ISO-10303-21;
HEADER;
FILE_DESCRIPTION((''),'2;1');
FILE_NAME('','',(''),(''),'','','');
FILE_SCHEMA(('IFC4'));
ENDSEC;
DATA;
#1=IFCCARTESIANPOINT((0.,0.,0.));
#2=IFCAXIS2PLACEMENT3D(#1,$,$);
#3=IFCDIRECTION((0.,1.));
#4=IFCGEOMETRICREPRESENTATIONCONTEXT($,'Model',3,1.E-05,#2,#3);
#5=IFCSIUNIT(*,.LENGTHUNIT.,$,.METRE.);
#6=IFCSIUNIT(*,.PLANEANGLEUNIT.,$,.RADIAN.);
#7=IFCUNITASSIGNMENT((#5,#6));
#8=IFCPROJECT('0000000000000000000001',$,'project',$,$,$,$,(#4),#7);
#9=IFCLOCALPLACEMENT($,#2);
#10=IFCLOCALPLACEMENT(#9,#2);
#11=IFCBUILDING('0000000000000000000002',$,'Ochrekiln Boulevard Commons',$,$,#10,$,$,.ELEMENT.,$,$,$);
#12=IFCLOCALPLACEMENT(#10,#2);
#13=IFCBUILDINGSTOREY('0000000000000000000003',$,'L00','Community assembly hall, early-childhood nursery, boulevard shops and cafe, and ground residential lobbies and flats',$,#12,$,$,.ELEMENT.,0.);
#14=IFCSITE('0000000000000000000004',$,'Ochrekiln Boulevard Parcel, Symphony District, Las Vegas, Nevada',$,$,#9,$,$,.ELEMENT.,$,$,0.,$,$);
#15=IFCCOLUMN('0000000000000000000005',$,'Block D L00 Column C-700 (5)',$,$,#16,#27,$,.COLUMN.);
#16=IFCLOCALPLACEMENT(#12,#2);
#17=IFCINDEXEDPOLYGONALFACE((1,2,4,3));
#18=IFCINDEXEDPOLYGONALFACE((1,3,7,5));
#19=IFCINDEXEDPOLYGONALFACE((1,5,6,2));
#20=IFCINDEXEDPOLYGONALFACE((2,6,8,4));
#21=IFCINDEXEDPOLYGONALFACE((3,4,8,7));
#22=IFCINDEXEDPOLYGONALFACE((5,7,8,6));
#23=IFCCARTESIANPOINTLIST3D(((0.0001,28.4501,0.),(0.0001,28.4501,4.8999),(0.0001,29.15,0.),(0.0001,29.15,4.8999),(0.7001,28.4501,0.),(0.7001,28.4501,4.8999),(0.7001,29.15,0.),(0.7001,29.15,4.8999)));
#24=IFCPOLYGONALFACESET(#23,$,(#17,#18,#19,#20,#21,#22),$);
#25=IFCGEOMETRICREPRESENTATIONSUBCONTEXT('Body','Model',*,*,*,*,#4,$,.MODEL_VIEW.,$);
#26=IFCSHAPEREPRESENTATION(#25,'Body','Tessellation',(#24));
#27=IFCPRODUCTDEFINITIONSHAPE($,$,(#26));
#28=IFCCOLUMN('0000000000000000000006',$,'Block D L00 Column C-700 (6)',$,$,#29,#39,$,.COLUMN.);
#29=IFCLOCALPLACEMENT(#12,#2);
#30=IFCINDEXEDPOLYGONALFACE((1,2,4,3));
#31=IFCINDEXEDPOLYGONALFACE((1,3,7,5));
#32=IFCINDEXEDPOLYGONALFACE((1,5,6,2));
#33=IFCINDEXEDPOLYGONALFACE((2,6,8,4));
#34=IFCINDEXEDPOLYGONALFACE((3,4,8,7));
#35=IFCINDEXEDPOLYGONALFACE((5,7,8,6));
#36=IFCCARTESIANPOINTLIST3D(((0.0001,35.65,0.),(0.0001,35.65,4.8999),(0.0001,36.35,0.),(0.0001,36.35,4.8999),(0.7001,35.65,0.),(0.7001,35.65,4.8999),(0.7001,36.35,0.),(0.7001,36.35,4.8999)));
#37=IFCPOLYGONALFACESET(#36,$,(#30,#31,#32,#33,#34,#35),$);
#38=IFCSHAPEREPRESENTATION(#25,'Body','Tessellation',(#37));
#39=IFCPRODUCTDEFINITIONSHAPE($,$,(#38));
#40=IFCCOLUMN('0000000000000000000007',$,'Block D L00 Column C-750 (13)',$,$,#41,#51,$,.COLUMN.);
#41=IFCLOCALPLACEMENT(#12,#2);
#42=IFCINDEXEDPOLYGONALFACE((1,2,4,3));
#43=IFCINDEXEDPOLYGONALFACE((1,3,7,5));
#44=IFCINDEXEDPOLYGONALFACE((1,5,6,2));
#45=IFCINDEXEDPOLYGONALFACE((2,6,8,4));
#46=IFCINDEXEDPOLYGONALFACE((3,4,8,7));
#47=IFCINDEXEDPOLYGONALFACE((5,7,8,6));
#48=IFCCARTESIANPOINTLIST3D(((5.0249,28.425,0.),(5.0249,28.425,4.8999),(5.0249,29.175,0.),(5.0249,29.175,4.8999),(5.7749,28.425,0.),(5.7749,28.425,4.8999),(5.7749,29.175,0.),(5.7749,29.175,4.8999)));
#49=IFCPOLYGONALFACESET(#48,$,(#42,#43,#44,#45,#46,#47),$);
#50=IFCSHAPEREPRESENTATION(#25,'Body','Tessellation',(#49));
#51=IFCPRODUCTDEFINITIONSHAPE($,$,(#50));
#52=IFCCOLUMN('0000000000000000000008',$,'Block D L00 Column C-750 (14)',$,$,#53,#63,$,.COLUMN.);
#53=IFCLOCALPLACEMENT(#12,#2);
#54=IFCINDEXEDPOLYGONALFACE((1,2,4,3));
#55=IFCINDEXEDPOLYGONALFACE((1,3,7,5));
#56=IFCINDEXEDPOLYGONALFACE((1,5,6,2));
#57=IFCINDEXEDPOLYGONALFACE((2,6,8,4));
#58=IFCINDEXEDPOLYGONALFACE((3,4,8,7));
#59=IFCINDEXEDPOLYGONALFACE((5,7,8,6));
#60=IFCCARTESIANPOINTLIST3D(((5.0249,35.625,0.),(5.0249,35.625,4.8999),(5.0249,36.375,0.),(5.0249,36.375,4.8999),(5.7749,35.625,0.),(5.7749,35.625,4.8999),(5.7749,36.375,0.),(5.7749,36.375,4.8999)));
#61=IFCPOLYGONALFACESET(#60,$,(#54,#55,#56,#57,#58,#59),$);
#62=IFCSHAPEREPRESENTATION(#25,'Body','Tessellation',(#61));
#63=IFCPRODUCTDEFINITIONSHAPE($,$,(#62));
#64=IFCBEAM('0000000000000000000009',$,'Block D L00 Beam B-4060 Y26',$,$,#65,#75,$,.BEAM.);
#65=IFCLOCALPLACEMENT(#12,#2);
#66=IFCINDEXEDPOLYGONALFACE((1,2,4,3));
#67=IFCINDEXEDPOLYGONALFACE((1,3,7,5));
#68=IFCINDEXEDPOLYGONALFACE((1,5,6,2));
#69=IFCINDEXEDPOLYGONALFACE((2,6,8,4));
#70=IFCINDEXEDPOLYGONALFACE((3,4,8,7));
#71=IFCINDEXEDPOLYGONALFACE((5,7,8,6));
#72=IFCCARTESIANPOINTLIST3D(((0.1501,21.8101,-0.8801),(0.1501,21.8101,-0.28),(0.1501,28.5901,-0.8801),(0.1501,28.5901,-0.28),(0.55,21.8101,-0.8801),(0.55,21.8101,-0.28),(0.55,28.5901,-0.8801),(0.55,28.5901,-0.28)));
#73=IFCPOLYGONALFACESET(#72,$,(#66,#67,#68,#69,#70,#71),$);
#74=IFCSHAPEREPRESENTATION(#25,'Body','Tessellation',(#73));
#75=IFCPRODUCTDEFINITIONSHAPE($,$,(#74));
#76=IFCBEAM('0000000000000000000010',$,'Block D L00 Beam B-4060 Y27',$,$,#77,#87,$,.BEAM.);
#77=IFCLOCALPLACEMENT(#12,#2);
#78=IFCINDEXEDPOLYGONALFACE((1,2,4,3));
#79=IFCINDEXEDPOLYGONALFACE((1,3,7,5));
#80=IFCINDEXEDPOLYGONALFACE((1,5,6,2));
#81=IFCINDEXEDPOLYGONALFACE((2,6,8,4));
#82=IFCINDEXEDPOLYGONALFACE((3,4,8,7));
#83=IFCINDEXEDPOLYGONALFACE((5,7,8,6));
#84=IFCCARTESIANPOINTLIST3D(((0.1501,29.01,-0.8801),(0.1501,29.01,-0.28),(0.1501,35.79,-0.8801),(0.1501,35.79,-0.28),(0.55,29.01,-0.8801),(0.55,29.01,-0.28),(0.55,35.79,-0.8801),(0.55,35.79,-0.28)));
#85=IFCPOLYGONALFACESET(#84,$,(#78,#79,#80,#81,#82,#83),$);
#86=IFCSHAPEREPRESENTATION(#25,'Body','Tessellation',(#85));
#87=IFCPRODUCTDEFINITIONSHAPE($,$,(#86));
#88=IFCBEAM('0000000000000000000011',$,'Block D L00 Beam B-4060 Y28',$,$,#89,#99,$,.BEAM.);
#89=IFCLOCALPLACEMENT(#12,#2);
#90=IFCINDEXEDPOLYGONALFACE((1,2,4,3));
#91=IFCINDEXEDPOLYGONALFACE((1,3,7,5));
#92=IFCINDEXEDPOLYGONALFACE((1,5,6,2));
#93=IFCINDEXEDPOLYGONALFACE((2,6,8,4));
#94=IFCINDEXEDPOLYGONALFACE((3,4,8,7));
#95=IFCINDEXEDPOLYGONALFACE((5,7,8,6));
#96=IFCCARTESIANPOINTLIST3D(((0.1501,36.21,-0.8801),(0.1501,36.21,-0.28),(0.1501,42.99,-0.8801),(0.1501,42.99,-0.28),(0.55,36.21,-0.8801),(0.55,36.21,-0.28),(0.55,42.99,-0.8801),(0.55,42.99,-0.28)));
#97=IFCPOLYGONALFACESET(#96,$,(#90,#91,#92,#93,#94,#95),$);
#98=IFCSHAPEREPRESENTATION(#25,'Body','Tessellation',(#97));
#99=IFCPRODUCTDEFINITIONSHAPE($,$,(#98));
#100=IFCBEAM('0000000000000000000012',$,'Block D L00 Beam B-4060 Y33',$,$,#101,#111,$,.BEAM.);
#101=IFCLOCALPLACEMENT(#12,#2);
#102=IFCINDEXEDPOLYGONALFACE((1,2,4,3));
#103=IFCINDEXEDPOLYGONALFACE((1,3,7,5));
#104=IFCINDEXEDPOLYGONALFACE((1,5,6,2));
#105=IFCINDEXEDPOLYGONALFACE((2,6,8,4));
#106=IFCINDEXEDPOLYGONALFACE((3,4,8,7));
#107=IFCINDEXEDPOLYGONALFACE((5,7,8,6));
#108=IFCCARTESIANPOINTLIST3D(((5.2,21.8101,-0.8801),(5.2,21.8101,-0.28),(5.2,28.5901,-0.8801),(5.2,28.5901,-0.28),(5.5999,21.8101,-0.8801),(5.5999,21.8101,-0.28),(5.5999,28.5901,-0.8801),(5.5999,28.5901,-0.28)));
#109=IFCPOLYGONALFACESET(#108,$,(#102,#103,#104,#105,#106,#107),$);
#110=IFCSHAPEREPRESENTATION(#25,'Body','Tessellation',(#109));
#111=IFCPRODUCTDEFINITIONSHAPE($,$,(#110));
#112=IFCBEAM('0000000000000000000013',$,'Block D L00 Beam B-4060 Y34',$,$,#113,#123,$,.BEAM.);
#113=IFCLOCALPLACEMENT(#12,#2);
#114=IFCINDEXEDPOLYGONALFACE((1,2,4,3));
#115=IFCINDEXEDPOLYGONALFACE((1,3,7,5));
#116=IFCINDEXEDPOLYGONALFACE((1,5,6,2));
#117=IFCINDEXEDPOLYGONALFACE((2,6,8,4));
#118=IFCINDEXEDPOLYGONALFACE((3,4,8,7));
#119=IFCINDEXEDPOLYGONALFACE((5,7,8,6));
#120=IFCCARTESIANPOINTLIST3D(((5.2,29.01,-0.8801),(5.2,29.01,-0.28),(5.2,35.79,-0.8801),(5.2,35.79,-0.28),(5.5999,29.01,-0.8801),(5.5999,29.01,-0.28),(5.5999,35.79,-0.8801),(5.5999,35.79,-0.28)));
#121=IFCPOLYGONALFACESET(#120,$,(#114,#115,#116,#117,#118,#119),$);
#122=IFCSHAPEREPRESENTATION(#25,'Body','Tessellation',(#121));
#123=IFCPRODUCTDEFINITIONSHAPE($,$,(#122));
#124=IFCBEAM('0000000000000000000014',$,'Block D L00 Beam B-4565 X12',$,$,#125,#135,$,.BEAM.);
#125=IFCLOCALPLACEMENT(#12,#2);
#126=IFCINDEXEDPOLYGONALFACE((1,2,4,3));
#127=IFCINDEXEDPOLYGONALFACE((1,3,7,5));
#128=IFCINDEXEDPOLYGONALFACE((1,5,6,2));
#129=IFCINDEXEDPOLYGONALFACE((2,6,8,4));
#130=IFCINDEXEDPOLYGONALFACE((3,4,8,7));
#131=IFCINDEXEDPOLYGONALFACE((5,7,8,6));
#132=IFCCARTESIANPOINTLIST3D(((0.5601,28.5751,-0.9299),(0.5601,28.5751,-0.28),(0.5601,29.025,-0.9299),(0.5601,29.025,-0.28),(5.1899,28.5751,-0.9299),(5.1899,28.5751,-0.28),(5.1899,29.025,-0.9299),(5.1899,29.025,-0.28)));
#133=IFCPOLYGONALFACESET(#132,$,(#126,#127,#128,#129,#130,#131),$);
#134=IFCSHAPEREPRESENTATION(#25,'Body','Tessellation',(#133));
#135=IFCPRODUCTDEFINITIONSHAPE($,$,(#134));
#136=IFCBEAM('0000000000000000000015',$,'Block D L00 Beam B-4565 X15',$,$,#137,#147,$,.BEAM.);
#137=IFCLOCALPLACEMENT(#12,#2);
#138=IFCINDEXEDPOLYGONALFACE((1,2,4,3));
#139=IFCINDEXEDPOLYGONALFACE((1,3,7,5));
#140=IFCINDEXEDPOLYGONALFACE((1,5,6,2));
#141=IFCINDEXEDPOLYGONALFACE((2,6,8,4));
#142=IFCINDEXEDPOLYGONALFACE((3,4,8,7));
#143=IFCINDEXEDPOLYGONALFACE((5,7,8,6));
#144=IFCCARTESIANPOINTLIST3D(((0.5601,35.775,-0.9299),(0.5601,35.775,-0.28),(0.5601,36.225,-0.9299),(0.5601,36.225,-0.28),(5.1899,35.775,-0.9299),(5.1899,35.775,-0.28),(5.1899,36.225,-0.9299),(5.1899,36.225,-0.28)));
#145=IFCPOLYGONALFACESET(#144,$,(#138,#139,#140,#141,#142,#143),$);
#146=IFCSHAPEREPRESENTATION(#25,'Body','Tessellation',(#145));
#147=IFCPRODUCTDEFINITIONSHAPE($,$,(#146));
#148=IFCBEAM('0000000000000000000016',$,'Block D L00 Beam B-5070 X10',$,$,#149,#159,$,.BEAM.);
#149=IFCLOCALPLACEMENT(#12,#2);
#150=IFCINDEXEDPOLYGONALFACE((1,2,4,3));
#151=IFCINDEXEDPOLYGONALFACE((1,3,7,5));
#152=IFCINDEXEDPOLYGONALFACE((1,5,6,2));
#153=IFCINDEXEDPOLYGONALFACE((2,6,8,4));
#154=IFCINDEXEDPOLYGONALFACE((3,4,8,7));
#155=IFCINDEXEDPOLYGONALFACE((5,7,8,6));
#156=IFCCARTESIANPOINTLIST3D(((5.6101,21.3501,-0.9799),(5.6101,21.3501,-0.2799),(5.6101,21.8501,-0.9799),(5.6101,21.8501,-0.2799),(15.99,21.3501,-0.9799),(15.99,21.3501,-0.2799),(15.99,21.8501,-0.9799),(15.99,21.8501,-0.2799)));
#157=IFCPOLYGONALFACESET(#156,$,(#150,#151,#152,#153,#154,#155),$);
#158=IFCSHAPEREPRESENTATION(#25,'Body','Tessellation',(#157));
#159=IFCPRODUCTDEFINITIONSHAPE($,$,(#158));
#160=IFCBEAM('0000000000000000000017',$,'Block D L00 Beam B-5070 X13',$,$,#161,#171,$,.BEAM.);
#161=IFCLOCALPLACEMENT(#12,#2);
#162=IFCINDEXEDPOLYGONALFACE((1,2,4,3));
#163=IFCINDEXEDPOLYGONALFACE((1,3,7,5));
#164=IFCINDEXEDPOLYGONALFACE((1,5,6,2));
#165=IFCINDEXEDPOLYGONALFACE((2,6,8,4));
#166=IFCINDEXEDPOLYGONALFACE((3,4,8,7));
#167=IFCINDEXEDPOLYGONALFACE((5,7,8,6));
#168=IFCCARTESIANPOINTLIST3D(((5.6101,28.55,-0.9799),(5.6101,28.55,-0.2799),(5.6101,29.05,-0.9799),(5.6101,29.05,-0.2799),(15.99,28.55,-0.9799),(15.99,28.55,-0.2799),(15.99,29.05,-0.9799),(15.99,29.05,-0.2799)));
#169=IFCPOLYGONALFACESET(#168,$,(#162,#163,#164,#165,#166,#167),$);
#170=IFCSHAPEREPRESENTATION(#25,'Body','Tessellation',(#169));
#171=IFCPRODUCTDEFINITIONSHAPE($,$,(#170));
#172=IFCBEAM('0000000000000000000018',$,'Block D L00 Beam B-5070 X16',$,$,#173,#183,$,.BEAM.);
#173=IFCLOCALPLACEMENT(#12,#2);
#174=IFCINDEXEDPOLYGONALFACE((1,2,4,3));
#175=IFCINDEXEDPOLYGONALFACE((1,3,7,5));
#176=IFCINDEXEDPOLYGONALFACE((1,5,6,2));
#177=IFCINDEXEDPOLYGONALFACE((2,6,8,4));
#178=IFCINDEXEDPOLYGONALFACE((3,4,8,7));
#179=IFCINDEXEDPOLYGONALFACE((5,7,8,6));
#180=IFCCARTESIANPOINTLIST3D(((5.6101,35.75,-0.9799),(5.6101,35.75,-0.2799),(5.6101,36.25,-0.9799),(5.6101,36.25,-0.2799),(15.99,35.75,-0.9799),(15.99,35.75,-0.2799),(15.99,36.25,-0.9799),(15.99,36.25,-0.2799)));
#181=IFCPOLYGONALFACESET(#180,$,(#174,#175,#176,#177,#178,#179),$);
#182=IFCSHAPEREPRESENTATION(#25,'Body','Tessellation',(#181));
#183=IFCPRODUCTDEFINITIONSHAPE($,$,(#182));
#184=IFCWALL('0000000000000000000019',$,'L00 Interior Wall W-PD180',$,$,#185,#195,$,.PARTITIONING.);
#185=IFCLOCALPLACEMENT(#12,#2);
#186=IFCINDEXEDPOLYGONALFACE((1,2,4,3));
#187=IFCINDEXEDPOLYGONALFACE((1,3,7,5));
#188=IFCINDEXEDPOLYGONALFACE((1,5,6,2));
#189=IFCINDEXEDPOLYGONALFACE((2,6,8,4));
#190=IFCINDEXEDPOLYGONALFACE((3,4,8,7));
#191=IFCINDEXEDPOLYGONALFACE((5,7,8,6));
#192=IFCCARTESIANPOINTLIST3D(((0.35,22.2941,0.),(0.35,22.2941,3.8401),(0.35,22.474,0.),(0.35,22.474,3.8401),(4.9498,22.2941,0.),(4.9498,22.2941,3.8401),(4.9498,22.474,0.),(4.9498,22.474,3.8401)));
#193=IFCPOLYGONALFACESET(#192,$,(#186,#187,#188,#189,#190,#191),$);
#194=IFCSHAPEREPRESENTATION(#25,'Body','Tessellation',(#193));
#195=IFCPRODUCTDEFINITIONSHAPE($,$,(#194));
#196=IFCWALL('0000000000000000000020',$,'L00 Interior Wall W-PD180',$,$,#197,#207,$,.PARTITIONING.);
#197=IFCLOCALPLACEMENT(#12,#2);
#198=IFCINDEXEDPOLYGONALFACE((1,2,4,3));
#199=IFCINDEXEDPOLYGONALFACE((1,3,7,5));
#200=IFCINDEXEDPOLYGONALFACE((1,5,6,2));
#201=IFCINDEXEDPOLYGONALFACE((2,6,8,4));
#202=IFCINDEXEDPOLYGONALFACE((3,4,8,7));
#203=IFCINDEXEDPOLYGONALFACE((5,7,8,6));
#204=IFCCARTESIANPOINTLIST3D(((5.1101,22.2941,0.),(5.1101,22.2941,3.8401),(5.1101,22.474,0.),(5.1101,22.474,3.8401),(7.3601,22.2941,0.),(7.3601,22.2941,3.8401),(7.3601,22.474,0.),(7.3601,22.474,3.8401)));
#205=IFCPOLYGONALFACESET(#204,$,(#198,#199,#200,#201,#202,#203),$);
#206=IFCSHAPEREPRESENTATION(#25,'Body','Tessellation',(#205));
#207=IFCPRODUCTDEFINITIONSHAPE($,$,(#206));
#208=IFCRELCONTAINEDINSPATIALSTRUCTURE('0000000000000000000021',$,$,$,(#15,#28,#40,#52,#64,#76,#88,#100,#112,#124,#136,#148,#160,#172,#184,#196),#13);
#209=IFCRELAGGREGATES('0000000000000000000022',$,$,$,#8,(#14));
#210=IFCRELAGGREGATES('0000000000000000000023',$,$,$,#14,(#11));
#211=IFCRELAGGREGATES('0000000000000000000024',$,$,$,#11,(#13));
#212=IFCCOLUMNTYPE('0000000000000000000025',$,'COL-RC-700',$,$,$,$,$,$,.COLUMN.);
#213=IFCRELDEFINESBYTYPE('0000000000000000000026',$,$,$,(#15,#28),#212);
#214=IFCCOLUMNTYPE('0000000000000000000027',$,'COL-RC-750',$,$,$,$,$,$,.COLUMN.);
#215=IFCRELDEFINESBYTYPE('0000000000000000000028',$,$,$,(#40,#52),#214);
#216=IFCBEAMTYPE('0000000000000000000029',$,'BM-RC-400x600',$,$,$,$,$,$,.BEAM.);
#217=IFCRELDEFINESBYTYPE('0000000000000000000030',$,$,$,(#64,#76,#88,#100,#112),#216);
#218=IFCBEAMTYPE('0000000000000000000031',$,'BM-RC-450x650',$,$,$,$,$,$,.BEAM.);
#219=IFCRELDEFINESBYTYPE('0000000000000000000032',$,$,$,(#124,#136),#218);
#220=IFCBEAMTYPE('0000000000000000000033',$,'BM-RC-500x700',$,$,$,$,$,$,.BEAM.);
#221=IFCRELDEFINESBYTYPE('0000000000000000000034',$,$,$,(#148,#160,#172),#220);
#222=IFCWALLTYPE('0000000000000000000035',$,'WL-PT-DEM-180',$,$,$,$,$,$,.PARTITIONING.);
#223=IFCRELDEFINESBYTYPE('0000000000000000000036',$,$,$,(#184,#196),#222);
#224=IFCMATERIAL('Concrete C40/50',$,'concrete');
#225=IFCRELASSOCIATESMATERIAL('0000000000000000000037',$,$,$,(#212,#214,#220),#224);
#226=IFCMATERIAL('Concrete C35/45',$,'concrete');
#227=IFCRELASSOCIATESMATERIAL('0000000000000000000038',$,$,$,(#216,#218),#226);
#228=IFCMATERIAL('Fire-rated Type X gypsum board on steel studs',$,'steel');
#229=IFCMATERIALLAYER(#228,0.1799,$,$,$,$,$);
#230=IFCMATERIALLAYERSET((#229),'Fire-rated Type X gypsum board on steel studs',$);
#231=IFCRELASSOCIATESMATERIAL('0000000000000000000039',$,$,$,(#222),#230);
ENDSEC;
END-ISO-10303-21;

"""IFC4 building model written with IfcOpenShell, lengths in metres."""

from ifc_helpers import new_model, si_unit, direction, frame, frame_2d, origin, origin_2d, place, context, subcontext, project, spatial, rectangle, extrude, material, layer, layer_set, material_profile, profile_set, type_object, element, save


model = new_model("IFC4")

# Units and contexts
model_context = context("Model", 3, precision=1e-05, world=origin(), true_north=direction((0.0, 1.0)))
body_context = subcontext(model_context, "Body", "Model", "MODEL_VIEW")
ifc_project = project(units=[si_unit("LENGTHUNIT", "METRE"), si_unit("PLANEANGLEUNIT", "RADIAN")], contexts=[model_context])

# Site, building, storey
site_placement = place(None, origin())
site = spatial("IfcSite", under=ifc_project, at=site_placement, Name="Ochrekiln Boulevard Parcel, Symphony District, Las Vegas, Nevada", CompositionType="ELEMENT", RefElevation=0.0)
building_placement = place(site_placement, origin())
building = spatial("IfcBuilding", under=site, at=building_placement, Name="Ochrekiln Boulevard Commons", CompositionType="ELEMENT")
storey_placement = place(building_placement, origin())
storey = spatial("IfcBuildingStorey", under=building, at=storey_placement, Name="L00", Description="Community assembly hall, early-childhood nursery, boulevard shops and cafe, and ground residential lobbies and flats", CompositionType="ELEMENT", Elevation=0.0)

# Columns
ifc_material_1 = material(Name="Concrete C40/50", Category="concrete")
ifc_material_profile_1 = material_profile(ifc_material_1, rectangle(XDim=0.7, YDim=0.7, at=origin_2d()), Name="RC-COL-700x700")
ifc_profile_set_1 = profile_set([ifc_material_profile_1], Name="Concrete C40/50")
column_type_1 = type_object("IfcColumnType", Name="COL-RC-700", PredefinedType="COLUMN", material=ifc_profile_set_1)
for number, where, z_axis, x_axis, name in (
    (1, (0.3501, 28.8, 0.0), (0.0, 0.0, 1.0), (1.0, 0.0, 0.0), "Block D L00 Column C-700 (5)"),
    (2, (0.3501, 36.0, 0.0), (0.0, 0.0, 1.0), (1.0, 0.0, 0.0), "Block D L00 Column C-700 (6)"),
):
    element("IfcColumn", number, at=place(storey_placement, frame(where, z_axis=z_axis, x_axis=x_axis)), inside=storey, type_object=column_type_1, Name=name, PredefinedType="COLUMN", context=body_context, shape_type="SweptSolid", body=[
        extrude(rectangle(XDim=0.7, YDim=0.7, at=origin_2d()), origin(), (0.0, 0.0, 1.0), 4.8999),
    ])
ifc_material_profile_2 = material_profile(ifc_material_1, rectangle(XDim=0.75, YDim=0.75, at=origin_2d()), Name="RC-COL-750x750")
ifc_profile_set_2 = profile_set([ifc_material_profile_2], Name="Concrete C40/50")
column_type_2 = type_object("IfcColumnType", Name="COL-RC-750", PredefinedType="COLUMN", material=ifc_profile_set_2)
for number, where, z_axis, x_axis, name in (
    (3, (5.3999, 28.8, 0.0), (0.0, 0.0, 1.0), (1.0, 0.0, 0.0), "Block D L00 Column C-750 (13)"),
    (4, (5.3999, 36.0, 0.0), (0.0, 0.0, 1.0), (1.0, 0.0, 0.0), "Block D L00 Column C-750 (14)"),
):
    element("IfcColumn", number, at=place(storey_placement, frame(where, z_axis=z_axis, x_axis=x_axis)), inside=storey, type_object=column_type_2, Name=name, PredefinedType="COLUMN", context=body_context, shape_type="SweptSolid", body=[
        extrude(rectangle(XDim=0.75, YDim=0.75, at=origin_2d()), origin(), (0.0, 0.0, 1.0), 4.8999),
    ])

# Beams
ifc_material_2 = material(Name="Concrete C35/45", Category="concrete")
ifc_material_profile_3 = material_profile(ifc_material_2, rectangle(XDim=0.3999, YDim=0.6001, at=origin_2d()), Name="RC-BM-400x600")
ifc_profile_set_3 = profile_set([ifc_material_profile_3], Name="Concrete C35/45")
beam_type_1 = type_object("IfcBeamType", Name="BM-RC-400x600", PredefinedType="BEAM", material=ifc_profile_set_3)
for number, where, z_axis, x_axis, name in (
    (5, (0.3501, 21.8101, -0.5801), (0.0, 1.0, 0.0), (-1.0, 0.0, 0.0), "Block D L00 Beam B-4060 Y26"),
    (6, (0.3501, 29.01, -0.5801), (0.0, 1.0, 0.0), (-1.0, 0.0, 0.0), "Block D L00 Beam B-4060 Y27"),
    (7, (0.3501, 36.21, -0.5801), (0.0, 1.0, 0.0), (-1.0, 0.0, 0.0), "Block D L00 Beam B-4060 Y28"),
    (8, (5.3999, 21.8101, -0.5801), (0.0, 1.0, 0.0), (-1.0, 0.0, 0.0), "Block D L00 Beam B-4060 Y33"),
    (9, (5.3999, 29.01, -0.5801), (0.0, 1.0, 0.0), (-1.0, 0.0, 0.0), "Block D L00 Beam B-4060 Y34"),
):
    element("IfcBeam", number, at=place(storey_placement, frame(where, z_axis=z_axis, x_axis=x_axis)), inside=storey, type_object=beam_type_1, Name=name, PredefinedType="BEAM", context=body_context, shape_type="SweptSolid", body=[
        extrude(rectangle(XDim=0.3999, YDim=0.6001, at=origin_2d()), origin(), (0.0, 0.0, 1.0), 6.78),
    ])
ifc_material_profile_4 = material_profile(ifc_material_2, rectangle(XDim=0.45, YDim=0.6499, at=origin_2d()), Name="RC-BM-450x650")
ifc_profile_set_4 = profile_set([ifc_material_profile_4], Name="Concrete C35/45")
beam_type_2 = type_object("IfcBeamType", Name="BM-RC-450x650", PredefinedType="BEAM", material=ifc_profile_set_4)
for number, where, z_axis, x_axis, name in (
    (10, (0.5601, 28.8, -0.605), (1.0, 0.0, 0.0), (0.0, 1.0, 0.0), "Block D L00 Beam B-4565 X12"),
    (11, (0.5601, 36.0, -0.605), (1.0, 0.0, 0.0), (0.0, 1.0, 0.0), "Block D L00 Beam B-4565 X15"),
):
    element("IfcBeam", number, at=place(storey_placement, frame(where, z_axis=z_axis, x_axis=x_axis)), inside=storey, type_object=beam_type_2, Name=name, PredefinedType="BEAM", context=body_context, shape_type="SweptSolid", body=[
        extrude(rectangle(XDim=0.45, YDim=0.6499, at=origin_2d()), origin(), (0.0, 0.0, 1.0), 4.6299),
    ])
ifc_material_profile_5 = material_profile(ifc_material_1, rectangle(XDim=0.5, YDim=0.7, at=origin_2d()), Name="RC-BM-500x700")
ifc_profile_set_5 = profile_set([ifc_material_profile_5], Name="Concrete C40/50")
beam_type_3 = type_object("IfcBeamType", Name="BM-RC-500x700", PredefinedType="BEAM", material=ifc_profile_set_5)
for number, where, z_axis, x_axis, name in (
    (12, (5.6101, 21.6001, -0.6299), (1.0, 0.0, 0.0), (0.0, 1.0, 0.0), "Block D L00 Beam B-5070 X10"),
    (13, (5.6101, 28.8, -0.6299), (1.0, 0.0, 0.0), (0.0, 1.0, 0.0), "Block D L00 Beam B-5070 X13"),
    (14, (5.6101, 36.0, -0.6299), (1.0, 0.0, 0.0), (0.0, 1.0, 0.0), "Block D L00 Beam B-5070 X16"),
):
    element("IfcBeam", number, at=place(storey_placement, frame(where, z_axis=z_axis, x_axis=x_axis)), inside=storey, type_object=beam_type_3, Name=name, PredefinedType="BEAM", context=body_context, shape_type="SweptSolid", body=[
        extrude(rectangle(XDim=0.5, YDim=0.7, at=origin_2d()), origin(), (0.0, 0.0, 1.0), 10.3799),
    ])

# Walls
ifc_material_3 = material(Name="Fire-rated Type X gypsum board on steel studs", Category="steel")
ifc_layer_1 = layer(ifc_material_3, 0.1799)
ifc_layer_set_1 = layer_set([ifc_layer_1], Name="Fire-rated Type X gypsum board on steel studs")
wall_type_1 = type_object("IfcWallType", Name="WL-PT-DEM-180", PredefinedType="PARTITIONING", material=ifc_layer_set_1)
wall_1_placement = place(storey_placement, frame((0.3501, 22.384, 0.0), z_axis=(0.0, 0.0, 1.0), x_axis=(1.0, 0.0, 0.0)))
element("IfcWall", 15, at=wall_1_placement, inside=storey, type_object=wall_type_1, Name="L00 Interior Wall W-PD180", PredefinedType="PARTITIONING", context=body_context, shape_type="SweptSolid", body=[
    extrude(rectangle(XDim=4.5999, YDim=0.1799, at=frame_2d((2.2998, 0.0))), origin(), (0.0, 0.0, 1.0), 3.8401),
])
wall_2_placement = place(storey_placement, frame((5.1101, 22.384, 0.0), z_axis=(0.0, 0.0, 1.0), x_axis=(1.0, 0.0, 0.0)))
element("IfcWall", 16, at=wall_2_placement, inside=storey, type_object=wall_type_1, Name="L00 Interior Wall W-PD180", PredefinedType="PARTITIONING", context=body_context, shape_type="SweptSolid", body=[
    extrude(rectangle(XDim=2.25, YDim=0.1799, at=frame_2d((1.125, 0.0))), origin(), (0.0, 0.0, 1.0), 3.8401),
])

save(model, "model.ifc")
